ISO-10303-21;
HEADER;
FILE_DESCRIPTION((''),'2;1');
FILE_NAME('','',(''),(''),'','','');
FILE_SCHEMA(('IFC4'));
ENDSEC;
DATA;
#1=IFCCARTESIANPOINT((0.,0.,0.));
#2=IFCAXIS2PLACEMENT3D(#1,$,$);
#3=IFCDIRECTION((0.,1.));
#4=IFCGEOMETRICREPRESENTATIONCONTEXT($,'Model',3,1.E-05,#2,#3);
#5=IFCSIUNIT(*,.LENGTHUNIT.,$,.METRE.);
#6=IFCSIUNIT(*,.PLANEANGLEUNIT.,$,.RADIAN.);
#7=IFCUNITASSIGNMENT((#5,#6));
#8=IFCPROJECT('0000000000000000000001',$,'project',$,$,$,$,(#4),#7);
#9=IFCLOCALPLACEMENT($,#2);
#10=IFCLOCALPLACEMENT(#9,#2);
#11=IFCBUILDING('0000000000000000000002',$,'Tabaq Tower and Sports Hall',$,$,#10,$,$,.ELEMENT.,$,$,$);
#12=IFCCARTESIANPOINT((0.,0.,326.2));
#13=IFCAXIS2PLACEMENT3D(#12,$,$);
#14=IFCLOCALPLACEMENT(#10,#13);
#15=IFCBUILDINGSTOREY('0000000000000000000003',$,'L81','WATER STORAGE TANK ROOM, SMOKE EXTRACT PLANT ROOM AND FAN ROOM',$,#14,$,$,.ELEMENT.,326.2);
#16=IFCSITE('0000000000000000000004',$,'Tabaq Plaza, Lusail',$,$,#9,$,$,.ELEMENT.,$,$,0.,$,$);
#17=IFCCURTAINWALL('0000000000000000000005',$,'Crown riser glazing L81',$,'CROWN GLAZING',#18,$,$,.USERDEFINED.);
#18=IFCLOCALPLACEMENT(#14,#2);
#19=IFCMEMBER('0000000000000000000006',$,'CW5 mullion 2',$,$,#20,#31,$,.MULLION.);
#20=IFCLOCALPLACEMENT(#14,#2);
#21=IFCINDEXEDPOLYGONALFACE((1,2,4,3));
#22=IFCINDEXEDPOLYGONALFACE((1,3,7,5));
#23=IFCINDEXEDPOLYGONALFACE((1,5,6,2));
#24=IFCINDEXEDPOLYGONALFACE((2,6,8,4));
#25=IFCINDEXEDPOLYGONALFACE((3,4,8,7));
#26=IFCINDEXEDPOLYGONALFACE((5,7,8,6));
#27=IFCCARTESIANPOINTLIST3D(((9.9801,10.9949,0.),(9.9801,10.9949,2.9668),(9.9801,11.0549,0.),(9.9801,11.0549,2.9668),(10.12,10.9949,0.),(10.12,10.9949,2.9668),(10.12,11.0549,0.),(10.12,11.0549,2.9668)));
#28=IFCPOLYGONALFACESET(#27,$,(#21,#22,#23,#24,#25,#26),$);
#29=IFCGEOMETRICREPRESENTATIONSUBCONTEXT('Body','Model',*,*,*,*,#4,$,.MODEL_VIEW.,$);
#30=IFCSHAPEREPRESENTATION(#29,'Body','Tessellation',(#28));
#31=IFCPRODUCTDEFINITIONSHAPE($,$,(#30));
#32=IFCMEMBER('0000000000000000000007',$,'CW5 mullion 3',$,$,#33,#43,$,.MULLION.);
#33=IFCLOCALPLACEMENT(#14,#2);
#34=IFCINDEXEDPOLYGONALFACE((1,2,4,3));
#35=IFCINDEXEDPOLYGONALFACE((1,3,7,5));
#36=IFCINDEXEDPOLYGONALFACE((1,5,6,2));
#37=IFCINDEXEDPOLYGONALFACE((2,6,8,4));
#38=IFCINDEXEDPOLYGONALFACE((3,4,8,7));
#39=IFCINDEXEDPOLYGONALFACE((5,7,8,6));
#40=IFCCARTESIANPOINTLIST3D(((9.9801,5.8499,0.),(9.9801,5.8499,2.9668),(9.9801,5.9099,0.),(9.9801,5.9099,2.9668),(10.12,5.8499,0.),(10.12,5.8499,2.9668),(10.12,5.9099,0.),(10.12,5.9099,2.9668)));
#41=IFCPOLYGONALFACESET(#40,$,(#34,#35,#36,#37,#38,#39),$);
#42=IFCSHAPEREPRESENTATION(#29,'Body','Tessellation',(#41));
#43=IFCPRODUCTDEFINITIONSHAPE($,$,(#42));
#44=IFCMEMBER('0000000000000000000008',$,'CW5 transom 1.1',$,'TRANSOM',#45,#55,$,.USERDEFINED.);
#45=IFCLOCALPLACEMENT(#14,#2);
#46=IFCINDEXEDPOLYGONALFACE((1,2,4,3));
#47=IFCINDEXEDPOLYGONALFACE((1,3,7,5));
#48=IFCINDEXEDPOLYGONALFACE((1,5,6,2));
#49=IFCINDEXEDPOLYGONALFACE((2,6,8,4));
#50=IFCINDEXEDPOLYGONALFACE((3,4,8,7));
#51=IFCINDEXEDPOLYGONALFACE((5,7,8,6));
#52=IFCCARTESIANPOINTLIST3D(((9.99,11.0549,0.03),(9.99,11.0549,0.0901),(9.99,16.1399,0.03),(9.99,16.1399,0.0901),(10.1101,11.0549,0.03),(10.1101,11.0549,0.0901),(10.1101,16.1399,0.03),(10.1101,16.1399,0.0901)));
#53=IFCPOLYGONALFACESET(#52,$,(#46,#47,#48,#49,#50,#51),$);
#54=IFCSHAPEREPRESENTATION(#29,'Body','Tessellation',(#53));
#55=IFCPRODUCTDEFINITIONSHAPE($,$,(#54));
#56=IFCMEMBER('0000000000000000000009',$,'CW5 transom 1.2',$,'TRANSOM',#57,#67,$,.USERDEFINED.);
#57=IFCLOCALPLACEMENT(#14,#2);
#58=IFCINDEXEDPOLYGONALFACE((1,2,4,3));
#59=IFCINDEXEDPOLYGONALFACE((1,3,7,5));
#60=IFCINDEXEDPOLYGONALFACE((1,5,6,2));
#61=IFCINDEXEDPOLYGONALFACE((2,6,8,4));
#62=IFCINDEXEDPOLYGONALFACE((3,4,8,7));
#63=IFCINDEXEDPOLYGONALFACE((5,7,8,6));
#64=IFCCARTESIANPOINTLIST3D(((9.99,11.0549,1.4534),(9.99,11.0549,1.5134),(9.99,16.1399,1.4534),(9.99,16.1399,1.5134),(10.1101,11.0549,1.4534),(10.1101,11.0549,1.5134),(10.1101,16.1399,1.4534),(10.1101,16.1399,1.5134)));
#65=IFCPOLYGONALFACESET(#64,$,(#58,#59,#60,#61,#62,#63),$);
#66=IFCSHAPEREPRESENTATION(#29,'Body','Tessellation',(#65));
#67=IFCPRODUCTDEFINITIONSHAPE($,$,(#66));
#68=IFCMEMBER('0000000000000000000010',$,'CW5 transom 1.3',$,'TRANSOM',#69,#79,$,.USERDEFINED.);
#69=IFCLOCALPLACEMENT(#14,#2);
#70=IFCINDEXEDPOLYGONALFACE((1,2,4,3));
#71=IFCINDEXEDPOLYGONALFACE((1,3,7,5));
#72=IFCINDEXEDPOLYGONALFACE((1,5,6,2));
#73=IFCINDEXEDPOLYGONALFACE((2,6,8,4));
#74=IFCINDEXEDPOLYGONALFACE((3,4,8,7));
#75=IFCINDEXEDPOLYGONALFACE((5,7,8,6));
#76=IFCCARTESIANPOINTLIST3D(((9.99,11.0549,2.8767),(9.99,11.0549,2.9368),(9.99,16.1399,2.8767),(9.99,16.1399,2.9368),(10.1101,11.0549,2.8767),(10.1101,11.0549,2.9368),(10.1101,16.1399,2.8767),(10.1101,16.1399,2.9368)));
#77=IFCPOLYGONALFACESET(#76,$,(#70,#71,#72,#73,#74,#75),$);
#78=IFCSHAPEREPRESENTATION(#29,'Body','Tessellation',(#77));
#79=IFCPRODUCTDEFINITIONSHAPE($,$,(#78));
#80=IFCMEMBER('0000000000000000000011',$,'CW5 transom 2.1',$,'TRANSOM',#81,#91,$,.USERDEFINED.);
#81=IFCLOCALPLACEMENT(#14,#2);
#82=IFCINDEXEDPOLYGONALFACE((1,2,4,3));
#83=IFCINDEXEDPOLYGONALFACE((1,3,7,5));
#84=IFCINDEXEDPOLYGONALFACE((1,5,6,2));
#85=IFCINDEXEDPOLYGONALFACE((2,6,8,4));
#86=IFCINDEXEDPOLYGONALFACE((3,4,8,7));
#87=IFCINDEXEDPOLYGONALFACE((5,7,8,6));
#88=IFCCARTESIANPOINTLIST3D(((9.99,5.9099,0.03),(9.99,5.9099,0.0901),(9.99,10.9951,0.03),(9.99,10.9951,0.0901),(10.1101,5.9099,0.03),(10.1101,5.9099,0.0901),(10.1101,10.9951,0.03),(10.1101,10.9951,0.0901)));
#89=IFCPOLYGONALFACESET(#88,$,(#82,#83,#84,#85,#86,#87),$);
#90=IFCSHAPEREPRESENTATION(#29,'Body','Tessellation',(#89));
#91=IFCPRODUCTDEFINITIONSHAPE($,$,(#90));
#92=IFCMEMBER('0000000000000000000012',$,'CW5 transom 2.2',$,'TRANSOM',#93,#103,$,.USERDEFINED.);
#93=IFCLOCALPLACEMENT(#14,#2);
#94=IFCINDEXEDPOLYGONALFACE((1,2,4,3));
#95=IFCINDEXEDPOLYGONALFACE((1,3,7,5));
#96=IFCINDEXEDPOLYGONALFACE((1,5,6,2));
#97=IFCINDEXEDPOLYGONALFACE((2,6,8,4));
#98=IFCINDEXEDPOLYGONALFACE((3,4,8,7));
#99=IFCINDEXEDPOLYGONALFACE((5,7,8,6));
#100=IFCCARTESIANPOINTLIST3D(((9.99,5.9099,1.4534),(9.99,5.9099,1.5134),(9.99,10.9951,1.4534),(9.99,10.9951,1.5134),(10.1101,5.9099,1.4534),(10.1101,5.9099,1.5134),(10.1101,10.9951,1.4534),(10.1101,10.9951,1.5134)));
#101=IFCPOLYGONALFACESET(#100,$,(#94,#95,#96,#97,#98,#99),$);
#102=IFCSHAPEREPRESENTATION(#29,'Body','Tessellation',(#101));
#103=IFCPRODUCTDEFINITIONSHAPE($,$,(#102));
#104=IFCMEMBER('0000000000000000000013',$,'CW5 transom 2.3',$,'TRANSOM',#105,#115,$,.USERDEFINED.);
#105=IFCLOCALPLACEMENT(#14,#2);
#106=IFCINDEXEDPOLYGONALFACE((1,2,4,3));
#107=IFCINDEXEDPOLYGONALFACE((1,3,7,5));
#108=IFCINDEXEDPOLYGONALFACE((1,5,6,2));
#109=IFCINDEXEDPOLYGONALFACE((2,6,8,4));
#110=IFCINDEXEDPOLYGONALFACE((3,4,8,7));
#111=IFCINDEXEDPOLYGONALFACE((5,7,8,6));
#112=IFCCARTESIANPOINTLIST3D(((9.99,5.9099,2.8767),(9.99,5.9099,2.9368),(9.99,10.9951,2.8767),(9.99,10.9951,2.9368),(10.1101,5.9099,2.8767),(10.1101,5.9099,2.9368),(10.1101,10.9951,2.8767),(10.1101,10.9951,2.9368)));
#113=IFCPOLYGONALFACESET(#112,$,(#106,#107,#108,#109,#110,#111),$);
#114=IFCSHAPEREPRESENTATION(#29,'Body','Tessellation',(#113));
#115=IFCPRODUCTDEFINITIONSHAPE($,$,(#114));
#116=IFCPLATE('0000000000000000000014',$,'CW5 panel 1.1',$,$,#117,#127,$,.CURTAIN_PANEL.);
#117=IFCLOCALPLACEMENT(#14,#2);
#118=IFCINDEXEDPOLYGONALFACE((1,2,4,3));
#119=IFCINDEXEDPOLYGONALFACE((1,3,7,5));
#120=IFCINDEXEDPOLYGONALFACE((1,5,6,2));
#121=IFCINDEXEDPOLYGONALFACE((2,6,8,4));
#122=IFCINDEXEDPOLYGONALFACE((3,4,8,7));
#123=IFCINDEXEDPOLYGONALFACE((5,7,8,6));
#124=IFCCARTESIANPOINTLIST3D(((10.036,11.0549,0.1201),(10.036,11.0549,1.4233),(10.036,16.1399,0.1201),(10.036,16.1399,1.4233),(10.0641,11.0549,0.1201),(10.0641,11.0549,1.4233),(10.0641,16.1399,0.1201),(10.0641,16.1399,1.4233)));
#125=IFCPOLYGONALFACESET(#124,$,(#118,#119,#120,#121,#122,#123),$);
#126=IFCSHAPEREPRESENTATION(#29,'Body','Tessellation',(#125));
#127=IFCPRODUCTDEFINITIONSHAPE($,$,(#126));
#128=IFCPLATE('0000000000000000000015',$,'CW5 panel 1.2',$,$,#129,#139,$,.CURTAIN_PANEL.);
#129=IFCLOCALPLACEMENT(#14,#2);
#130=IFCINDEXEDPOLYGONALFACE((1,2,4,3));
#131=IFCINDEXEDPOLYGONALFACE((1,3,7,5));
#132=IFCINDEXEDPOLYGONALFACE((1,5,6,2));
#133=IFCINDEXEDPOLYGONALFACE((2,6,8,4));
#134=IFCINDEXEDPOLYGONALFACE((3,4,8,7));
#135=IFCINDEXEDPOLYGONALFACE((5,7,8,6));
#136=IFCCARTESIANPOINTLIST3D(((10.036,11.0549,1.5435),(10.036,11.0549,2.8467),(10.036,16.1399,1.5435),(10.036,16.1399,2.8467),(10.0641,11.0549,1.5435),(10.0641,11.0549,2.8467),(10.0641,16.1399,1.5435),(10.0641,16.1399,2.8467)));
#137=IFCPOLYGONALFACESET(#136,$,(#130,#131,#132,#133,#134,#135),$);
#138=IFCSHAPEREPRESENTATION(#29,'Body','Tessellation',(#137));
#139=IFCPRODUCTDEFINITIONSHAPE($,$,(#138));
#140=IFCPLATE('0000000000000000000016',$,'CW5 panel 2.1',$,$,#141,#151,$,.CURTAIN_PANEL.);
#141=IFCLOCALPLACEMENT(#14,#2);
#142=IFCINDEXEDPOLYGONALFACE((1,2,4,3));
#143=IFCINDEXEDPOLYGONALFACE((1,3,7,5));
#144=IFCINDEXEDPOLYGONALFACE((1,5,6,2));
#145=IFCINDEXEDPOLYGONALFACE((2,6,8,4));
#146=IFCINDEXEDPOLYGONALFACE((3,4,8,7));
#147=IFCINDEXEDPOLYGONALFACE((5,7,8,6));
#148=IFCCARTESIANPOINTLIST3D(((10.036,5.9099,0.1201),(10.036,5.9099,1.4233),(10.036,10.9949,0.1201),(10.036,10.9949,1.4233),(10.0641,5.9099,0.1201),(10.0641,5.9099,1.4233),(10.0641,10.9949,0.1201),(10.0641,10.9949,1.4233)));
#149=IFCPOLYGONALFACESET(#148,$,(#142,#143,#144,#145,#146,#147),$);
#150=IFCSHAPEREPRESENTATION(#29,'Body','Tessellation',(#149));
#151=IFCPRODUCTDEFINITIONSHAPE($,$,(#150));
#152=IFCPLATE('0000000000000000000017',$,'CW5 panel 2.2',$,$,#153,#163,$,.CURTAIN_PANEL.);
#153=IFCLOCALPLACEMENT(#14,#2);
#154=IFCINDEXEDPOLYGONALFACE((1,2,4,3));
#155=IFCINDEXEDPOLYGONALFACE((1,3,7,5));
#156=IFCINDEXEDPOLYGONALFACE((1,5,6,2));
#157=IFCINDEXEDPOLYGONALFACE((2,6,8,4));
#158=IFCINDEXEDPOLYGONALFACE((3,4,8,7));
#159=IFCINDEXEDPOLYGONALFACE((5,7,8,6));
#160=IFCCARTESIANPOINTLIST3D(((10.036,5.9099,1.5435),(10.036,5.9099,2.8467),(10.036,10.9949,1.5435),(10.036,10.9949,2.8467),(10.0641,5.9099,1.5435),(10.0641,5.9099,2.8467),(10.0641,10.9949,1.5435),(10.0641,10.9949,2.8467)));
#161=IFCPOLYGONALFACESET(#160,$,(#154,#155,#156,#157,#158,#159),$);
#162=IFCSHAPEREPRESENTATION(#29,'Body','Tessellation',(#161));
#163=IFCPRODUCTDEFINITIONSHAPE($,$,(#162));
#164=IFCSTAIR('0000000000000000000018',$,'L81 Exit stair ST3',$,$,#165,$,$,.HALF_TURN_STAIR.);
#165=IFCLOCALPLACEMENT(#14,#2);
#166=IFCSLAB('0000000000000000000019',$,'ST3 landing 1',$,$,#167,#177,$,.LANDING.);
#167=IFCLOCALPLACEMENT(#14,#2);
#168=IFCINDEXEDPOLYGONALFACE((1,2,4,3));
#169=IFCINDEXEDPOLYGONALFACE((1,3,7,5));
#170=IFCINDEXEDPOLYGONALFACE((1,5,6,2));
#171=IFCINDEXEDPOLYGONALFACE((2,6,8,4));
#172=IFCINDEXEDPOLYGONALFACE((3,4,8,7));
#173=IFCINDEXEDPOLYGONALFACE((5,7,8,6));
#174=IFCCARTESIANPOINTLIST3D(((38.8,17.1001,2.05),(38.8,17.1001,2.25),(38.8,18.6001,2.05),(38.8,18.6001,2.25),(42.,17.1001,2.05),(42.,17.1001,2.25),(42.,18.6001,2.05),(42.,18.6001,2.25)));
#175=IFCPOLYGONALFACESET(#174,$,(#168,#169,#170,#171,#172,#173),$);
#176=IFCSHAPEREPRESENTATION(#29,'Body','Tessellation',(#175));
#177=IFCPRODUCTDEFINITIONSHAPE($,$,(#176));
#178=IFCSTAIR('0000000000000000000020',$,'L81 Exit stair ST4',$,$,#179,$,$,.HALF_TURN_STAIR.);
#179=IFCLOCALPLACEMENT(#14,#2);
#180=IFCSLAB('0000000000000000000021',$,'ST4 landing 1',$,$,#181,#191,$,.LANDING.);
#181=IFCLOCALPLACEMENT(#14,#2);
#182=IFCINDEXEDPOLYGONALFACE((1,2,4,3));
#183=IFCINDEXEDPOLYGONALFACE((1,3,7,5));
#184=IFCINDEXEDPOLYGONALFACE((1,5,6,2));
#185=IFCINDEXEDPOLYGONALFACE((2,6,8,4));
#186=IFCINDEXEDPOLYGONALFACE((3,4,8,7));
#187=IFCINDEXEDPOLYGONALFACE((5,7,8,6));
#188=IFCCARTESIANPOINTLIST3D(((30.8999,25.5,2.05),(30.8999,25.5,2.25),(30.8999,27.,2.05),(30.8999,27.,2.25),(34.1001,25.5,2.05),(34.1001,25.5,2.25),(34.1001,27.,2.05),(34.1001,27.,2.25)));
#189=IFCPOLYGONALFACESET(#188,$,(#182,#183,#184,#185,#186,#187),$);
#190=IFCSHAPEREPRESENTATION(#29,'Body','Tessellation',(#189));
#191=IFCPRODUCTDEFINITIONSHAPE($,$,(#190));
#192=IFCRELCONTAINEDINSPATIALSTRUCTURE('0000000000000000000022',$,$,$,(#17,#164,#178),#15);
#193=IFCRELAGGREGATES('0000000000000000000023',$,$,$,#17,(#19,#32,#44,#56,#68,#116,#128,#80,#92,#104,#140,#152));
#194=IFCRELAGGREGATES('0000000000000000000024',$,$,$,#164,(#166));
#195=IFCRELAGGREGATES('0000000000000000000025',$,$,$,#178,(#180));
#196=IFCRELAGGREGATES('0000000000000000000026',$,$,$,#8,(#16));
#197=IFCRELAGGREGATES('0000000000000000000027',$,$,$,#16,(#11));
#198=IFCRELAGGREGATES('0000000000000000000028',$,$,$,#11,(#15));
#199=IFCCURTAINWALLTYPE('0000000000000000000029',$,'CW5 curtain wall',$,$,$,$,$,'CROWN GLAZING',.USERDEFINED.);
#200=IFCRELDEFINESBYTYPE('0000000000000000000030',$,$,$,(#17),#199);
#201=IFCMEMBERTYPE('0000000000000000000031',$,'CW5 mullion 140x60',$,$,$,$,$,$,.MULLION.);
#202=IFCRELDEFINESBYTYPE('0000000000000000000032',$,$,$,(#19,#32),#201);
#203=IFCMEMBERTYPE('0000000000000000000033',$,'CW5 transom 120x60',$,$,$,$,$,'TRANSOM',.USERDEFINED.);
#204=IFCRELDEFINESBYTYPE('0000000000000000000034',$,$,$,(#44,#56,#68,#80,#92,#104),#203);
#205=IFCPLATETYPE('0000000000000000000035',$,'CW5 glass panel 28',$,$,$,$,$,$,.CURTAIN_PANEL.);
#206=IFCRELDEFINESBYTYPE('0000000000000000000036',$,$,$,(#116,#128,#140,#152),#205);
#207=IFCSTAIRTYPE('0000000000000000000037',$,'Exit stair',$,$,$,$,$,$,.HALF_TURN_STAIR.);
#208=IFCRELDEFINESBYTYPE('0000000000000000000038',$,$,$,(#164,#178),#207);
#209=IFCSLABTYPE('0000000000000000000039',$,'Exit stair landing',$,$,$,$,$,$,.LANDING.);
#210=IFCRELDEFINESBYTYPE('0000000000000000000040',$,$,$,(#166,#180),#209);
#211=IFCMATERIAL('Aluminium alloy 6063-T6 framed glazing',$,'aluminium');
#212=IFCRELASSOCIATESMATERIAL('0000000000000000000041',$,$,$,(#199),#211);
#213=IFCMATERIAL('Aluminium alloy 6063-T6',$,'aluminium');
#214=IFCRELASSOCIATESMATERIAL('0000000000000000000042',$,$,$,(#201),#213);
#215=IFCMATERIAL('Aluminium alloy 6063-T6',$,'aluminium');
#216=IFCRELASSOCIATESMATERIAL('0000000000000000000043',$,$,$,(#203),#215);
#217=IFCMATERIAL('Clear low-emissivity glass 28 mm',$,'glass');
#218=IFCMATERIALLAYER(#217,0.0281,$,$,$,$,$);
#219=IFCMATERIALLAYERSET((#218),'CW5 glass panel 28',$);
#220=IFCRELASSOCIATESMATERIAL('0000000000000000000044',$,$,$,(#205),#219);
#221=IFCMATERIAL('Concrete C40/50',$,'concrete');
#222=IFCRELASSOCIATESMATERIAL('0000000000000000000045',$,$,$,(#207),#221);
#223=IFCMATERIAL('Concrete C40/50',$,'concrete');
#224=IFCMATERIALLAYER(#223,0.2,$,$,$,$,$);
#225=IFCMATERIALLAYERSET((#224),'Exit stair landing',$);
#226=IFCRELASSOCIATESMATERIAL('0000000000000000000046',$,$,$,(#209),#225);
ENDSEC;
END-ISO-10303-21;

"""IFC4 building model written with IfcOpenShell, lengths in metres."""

from ifc_helpers import new_model, si_unit, direction, frame, origin, origin_2d, place, context, subcontext, project, spatial, polyline, rectangle, outline, extrude, material, layer, layer_set, material_profile, profile_set, type_object, element, aggregate, save


model = new_model("IFC4")

# Units and contexts
model_context = context("Model", 3, precision=1e-05, world=origin(), true_north=direction((0.0, 1.0)))
body_context = subcontext(model_context, "Body", "Model", "MODEL_VIEW")
ifc_project = project(units=[si_unit("LENGTHUNIT", "METRE"), si_unit("PLANEANGLEUNIT", "RADIAN")], contexts=[model_context])

# Site, building, storey
site_placement = place(None, origin())
site = spatial("IfcSite", under=ifc_project, at=site_placement, Name="Tabaq Plaza, Lusail", CompositionType="ELEMENT", RefElevation=0.0)
building_placement = place(site_placement, origin())
building = spatial("IfcBuilding", under=site, at=building_placement, Name="Tabaq Tower and Sports Hall", CompositionType="ELEMENT")
storey_placement = place(building_placement, frame((0.0, 0.0, 326.2)))
storey = spatial("IfcBuildingStorey", under=building, at=storey_placement, Name="L81", Description="WATER STORAGE TANK ROOM, SMOKE EXTRACT PLANT ROOM AND FAN ROOM", CompositionType="ELEMENT", Elevation=326.2)

# Curtain wall, members, plates
ifc_material_1 = material(Name="Aluminium alloy 6063-T6 framed glazing", Category="aluminium")
curtain_wall_type = type_object("IfcCurtainWallType", Name="CW5 curtain wall", ElementType="CROWN GLAZING", PredefinedType="USERDEFINED", material=ifc_material_1)
curtain_wall_placement = place(storey_placement, origin())
curtain_wall = element("IfcCurtainWall", 1, at=curtain_wall_placement, inside=storey, type_object=curtain_wall_type, Name="Crown riser glazing L81", ObjectType="CROWN GLAZING", PredefinedType="USERDEFINED")
ifc_material_2 = material(Name="Aluminium alloy 6063-T6", Category="aluminium")
ifc_material_profile_1 = material_profile(ifc_material_2, rectangle(XDim=0.1399, YDim=0.0601, at=origin_2d()), Name="MULLION 140x60")
ifc_profile_set_1 = profile_set([ifc_material_profile_1], Name="Aluminium alloy 6063-T6")
member_type_1 = type_object("IfcMemberType", Name="CW5 mullion 140x60", PredefinedType="MULLION", material=ifc_profile_set_1)
member_1_placement = place(storey_placement, frame((10.05, 11.0249, 0.0), z_axis=(0.0, 0.0, 1.0), x_axis=(1.0, 0.0, 0.0)))
member_1 = element("IfcMember", 2, at=member_1_placement, type_object=member_type_1, Name="CW5 mullion 2", PredefinedType="MULLION", context=body_context, shape_type="SweptSolid", body=[
    extrude(rectangle(XDim=0.1399, YDim=0.0601, at=origin_2d()), origin(), (0.0, 0.0, 1.0), 2.9668),
])
member_2_placement = place(storey_placement, frame((10.05, 5.8799, 0.0), z_axis=(0.0, 0.0, 1.0), x_axis=(1.0, 0.0, 0.0)))
member_2 = element("IfcMember", 3, at=member_2_placement, type_object=member_type_1, Name="CW5 mullion 3", PredefinedType="MULLION", context=body_context, shape_type="SweptSolid", body=[
    extrude(rectangle(XDim=0.1399, YDim=0.0601, at=origin_2d()), origin(), (0.0, 0.0, 1.0), 2.9668),
])
ifc_material_3 = material(Name="Aluminium alloy 6063-T6", Category="aluminium")
ifc_material_profile_2 = material_profile(ifc_material_3, rectangle(XDim=0.1201, YDim=0.0601, at=origin_2d()), Name="TRANSOM 120x60")
ifc_profile_set_2 = profile_set([ifc_material_profile_2], Name="Aluminium alloy 6063-T6")
member_type_2 = type_object("IfcMemberType", Name="CW5 transom 120x60", ElementType="TRANSOM", PredefinedType="USERDEFINED", material=ifc_profile_set_2)
member_3_placement = place(storey_placement, frame((10.05, 16.1399, 0.0601), z_axis=(0.0, -1.0, 0.0), x_axis=(1.0, 0.0, 0.0)))
member_3 = element("IfcMember", 4, at=member_3_placement, type_object=member_type_2, Name="CW5 transom 1.1", ObjectType="TRANSOM", PredefinedType="USERDEFINED", context=body_context, shape_type="SweptSolid", body=[
    extrude(rectangle(XDim=0.1201, YDim=0.0601, at=origin_2d()), origin(), (0.0, 0.0, 1.0), 5.085),
])
member_4_placement = place(storey_placement, frame((10.05, 16.1399, 1.4834), z_axis=(0.0, -1.0, 0.0), x_axis=(1.0, 0.0, 0.0)))
member_4 = element("IfcMember", 5, at=member_4_placement, type_object=member_type_2, Name="CW5 transom 1.2", ObjectType="TRANSOM", PredefinedType="USERDEFINED", context=body_context, shape_type="SweptSolid", body=[
    extrude(rectangle(XDim=0.1201, YDim=0.0601, at=origin_2d()), origin(), (0.0, 0.0, 1.0), 5.085),
])
member_5_placement = place(storey_placement, frame((10.05, 16.1399, 2.9067), z_axis=(0.0, -1.0, 0.0), x_axis=(1.0, 0.0, 0.0)))
member_5 = element("IfcMember", 6, at=member_5_placement, type_object=member_type_2, Name="CW5 transom 1.3", ObjectType="TRANSOM", PredefinedType="USERDEFINED", context=body_context, shape_type="SweptSolid", body=[
    extrude(rectangle(XDim=0.1201, YDim=0.0601, at=origin_2d()), origin(), (0.0, 0.0, 1.0), 5.085),
])
member_6_placement = place(storey_placement, frame((10.05, 10.9951, 0.0601), z_axis=(0.0, -1.0, 0.0), x_axis=(1.0, 0.0, 0.0)))
member_6 = element("IfcMember", 7, at=member_6_placement, type_object=member_type_2, Name="CW5 transom 2.1", ObjectType="TRANSOM", PredefinedType="USERDEFINED", context=body_context, shape_type="SweptSolid", body=[
    extrude(rectangle(XDim=0.1201, YDim=0.0601, at=origin_2d()), origin(), (0.0, 0.0, 1.0), 5.0852),
])
member_7_placement = place(storey_placement, frame((10.05, 10.9951, 1.4834), z_axis=(0.0, -1.0, 0.0), x_axis=(1.0, 0.0, 0.0)))
member_7 = element("IfcMember", 8, at=member_7_placement, type_object=member_type_2, Name="CW5 transom 2.2", ObjectType="TRANSOM", PredefinedType="USERDEFINED", context=body_context, shape_type="SweptSolid", body=[
    extrude(rectangle(XDim=0.1201, YDim=0.0601, at=origin_2d()), origin(), (0.0, 0.0, 1.0), 5.0852),
])
member_8_placement = place(storey_placement, frame((10.05, 10.9951, 2.9067), z_axis=(0.0, -1.0, 0.0), x_axis=(1.0, 0.0, 0.0)))
member_8 = element("IfcMember", 9, at=member_8_placement, type_object=member_type_2, Name="CW5 transom 2.3", ObjectType="TRANSOM", PredefinedType="USERDEFINED", context=body_context, shape_type="SweptSolid", body=[
    extrude(rectangle(XDim=0.1201, YDim=0.0601, at=origin_2d()), origin(), (0.0, 0.0, 1.0), 5.0852),
])
ifc_material_4 = material(Name="Clear low-emissivity glass 28 mm", Category="glass")
ifc_layer_1 = layer(ifc_material_4, 0.0281)
ifc_layer_set_1 = layer_set([ifc_layer_1], Name="CW5 glass panel 28")
plate_type = type_object("IfcPlateType", Name="CW5 glass panel 28", PredefinedType="CURTAIN_PANEL", material=ifc_layer_set_1)
plate_1_placement = place(storey_placement, frame((10.05, 13.5974, 0.1201), z_axis=(0.0, 0.0, 1.0), x_axis=(0.0, -1.0, 0.0)))
plate_1 = element("IfcPlate", 10, at=plate_1_placement, type_object=plate_type, Name="CW5 panel 1.1", PredefinedType="CURTAIN_PANEL", context=body_context, shape_type="SweptSolid", body=[
    extrude(rectangle(XDim=5.085, YDim=0.0281, at=origin_2d()), origin(), (0.0, 0.0, 1.0), 1.3032),
])
plate_2_placement = place(storey_placement, frame((10.05, 13.5974, 1.5435), z_axis=(0.0, 0.0, 1.0), x_axis=(0.0, -1.0, 0.0)))
plate_2 = element("IfcPlate", 11, at=plate_2_placement, type_object=plate_type, Name="CW5 panel 1.2", PredefinedType="CURTAIN_PANEL", context=body_context, shape_type="SweptSolid", body=[
    extrude(rectangle(XDim=5.085, YDim=0.0281, at=origin_2d()), origin(), (0.0, 0.0, 1.0), 1.3032),
])
plate_3_placement = place(storey_placement, frame((10.05, 8.4524, 0.1201), z_axis=(0.0, 0.0, 1.0), x_axis=(0.0, -1.0, 0.0)))
plate_3 = element("IfcPlate", 12, at=plate_3_placement, type_object=plate_type, Name="CW5 panel 2.1", PredefinedType="CURTAIN_PANEL", context=body_context, shape_type="SweptSolid", body=[
    extrude(rectangle(XDim=5.085, YDim=0.0281, at=origin_2d()), origin(), (0.0, 0.0, 1.0), 1.3032),
])
plate_4_placement = place(storey_placement, frame((10.05, 8.4524, 1.5435), z_axis=(0.0, 0.0, 1.0), x_axis=(0.0, -1.0, 0.0)))
plate_4 = element("IfcPlate", 13, at=plate_4_placement, type_object=plate_type, Name="CW5 panel 2.2", PredefinedType="CURTAIN_PANEL", context=body_context, shape_type="SweptSolid", body=[
    extrude(rectangle(XDim=5.085, YDim=0.0281, at=origin_2d()), origin(), (0.0, 0.0, 1.0), 1.3032),
])
aggregate(curtain_wall, [member_1, member_2, member_3, member_4, member_5, plate_1, plate_2, member_6, member_7, member_8, plate_3, plate_4])

# Stairs, slabs
ifc_material_5 = material(Name="Concrete C40/50", Category="concrete")
stair_type = type_object("IfcStairType", Name="Exit stair", PredefinedType="HALF_TURN_STAIR", material=ifc_material_5)
stair_1_placement = place(storey_placement, origin())
stair_1 = element("IfcStair", 14, at=stair_1_placement, inside=storey, type_object=stair_type, Name="L81 Exit stair ST3", PredefinedType="HALF_TURN_STAIR")
ifc_material_6 = material(Name="Concrete C40/50", Category="concrete")
ifc_layer_2 = layer(ifc_material_6, 0.2)
ifc_layer_set_2 = layer_set([ifc_layer_2], Name="Exit stair landing")
slab_type_1 = type_object("IfcSlabType", Name="Exit stair landing", PredefinedType="LANDING", material=ifc_layer_set_2)
slab_1_placement = place(storey_placement, frame((0.0, 0.0, 2.05)))
slab_1 = element("IfcSlab", 15, at=slab_1_placement, type_object=slab_type_1, Name="ST3 landing 1", PredefinedType="LANDING", context=body_context, shape_type="SweptSolid", body=[
    extrude(outline(polyline([(38.8, 18.6001), (38.8, 17.1001), (42.0, 17.1001), (42.0, 18.6001), (38.8, 18.6001)])), origin(), (0.0, 0.0, 1.0), 0.2),
])
aggregate(stair_1, [slab_1])
stair_2_placement = place(storey_placement, origin())
stair_2 = element("IfcStair", 16, at=stair_2_placement, inside=storey, type_object=stair_type, Name="L81 Exit stair ST4", PredefinedType="HALF_TURN_STAIR")
slab_2_placement = place(storey_placement, frame((0.0, 0.0, 2.05)))
slab_2 = element("IfcSlab", 17, at=slab_2_placement, type_object=slab_type_1, Name="ST4 landing 1", PredefinedType="LANDING", context=body_context, shape_type="SweptSolid", body=[
    extrude(outline(polyline([(30.8999, 27.0), (30.8999, 25.5), (34.1001, 25.5), (34.1001, 27.0), (30.8999, 27.0)])), origin(), (0.0, 0.0, 1.0), 0.2),
])
aggregate(stair_2, [slab_2])

save(model, "model.ifc")
